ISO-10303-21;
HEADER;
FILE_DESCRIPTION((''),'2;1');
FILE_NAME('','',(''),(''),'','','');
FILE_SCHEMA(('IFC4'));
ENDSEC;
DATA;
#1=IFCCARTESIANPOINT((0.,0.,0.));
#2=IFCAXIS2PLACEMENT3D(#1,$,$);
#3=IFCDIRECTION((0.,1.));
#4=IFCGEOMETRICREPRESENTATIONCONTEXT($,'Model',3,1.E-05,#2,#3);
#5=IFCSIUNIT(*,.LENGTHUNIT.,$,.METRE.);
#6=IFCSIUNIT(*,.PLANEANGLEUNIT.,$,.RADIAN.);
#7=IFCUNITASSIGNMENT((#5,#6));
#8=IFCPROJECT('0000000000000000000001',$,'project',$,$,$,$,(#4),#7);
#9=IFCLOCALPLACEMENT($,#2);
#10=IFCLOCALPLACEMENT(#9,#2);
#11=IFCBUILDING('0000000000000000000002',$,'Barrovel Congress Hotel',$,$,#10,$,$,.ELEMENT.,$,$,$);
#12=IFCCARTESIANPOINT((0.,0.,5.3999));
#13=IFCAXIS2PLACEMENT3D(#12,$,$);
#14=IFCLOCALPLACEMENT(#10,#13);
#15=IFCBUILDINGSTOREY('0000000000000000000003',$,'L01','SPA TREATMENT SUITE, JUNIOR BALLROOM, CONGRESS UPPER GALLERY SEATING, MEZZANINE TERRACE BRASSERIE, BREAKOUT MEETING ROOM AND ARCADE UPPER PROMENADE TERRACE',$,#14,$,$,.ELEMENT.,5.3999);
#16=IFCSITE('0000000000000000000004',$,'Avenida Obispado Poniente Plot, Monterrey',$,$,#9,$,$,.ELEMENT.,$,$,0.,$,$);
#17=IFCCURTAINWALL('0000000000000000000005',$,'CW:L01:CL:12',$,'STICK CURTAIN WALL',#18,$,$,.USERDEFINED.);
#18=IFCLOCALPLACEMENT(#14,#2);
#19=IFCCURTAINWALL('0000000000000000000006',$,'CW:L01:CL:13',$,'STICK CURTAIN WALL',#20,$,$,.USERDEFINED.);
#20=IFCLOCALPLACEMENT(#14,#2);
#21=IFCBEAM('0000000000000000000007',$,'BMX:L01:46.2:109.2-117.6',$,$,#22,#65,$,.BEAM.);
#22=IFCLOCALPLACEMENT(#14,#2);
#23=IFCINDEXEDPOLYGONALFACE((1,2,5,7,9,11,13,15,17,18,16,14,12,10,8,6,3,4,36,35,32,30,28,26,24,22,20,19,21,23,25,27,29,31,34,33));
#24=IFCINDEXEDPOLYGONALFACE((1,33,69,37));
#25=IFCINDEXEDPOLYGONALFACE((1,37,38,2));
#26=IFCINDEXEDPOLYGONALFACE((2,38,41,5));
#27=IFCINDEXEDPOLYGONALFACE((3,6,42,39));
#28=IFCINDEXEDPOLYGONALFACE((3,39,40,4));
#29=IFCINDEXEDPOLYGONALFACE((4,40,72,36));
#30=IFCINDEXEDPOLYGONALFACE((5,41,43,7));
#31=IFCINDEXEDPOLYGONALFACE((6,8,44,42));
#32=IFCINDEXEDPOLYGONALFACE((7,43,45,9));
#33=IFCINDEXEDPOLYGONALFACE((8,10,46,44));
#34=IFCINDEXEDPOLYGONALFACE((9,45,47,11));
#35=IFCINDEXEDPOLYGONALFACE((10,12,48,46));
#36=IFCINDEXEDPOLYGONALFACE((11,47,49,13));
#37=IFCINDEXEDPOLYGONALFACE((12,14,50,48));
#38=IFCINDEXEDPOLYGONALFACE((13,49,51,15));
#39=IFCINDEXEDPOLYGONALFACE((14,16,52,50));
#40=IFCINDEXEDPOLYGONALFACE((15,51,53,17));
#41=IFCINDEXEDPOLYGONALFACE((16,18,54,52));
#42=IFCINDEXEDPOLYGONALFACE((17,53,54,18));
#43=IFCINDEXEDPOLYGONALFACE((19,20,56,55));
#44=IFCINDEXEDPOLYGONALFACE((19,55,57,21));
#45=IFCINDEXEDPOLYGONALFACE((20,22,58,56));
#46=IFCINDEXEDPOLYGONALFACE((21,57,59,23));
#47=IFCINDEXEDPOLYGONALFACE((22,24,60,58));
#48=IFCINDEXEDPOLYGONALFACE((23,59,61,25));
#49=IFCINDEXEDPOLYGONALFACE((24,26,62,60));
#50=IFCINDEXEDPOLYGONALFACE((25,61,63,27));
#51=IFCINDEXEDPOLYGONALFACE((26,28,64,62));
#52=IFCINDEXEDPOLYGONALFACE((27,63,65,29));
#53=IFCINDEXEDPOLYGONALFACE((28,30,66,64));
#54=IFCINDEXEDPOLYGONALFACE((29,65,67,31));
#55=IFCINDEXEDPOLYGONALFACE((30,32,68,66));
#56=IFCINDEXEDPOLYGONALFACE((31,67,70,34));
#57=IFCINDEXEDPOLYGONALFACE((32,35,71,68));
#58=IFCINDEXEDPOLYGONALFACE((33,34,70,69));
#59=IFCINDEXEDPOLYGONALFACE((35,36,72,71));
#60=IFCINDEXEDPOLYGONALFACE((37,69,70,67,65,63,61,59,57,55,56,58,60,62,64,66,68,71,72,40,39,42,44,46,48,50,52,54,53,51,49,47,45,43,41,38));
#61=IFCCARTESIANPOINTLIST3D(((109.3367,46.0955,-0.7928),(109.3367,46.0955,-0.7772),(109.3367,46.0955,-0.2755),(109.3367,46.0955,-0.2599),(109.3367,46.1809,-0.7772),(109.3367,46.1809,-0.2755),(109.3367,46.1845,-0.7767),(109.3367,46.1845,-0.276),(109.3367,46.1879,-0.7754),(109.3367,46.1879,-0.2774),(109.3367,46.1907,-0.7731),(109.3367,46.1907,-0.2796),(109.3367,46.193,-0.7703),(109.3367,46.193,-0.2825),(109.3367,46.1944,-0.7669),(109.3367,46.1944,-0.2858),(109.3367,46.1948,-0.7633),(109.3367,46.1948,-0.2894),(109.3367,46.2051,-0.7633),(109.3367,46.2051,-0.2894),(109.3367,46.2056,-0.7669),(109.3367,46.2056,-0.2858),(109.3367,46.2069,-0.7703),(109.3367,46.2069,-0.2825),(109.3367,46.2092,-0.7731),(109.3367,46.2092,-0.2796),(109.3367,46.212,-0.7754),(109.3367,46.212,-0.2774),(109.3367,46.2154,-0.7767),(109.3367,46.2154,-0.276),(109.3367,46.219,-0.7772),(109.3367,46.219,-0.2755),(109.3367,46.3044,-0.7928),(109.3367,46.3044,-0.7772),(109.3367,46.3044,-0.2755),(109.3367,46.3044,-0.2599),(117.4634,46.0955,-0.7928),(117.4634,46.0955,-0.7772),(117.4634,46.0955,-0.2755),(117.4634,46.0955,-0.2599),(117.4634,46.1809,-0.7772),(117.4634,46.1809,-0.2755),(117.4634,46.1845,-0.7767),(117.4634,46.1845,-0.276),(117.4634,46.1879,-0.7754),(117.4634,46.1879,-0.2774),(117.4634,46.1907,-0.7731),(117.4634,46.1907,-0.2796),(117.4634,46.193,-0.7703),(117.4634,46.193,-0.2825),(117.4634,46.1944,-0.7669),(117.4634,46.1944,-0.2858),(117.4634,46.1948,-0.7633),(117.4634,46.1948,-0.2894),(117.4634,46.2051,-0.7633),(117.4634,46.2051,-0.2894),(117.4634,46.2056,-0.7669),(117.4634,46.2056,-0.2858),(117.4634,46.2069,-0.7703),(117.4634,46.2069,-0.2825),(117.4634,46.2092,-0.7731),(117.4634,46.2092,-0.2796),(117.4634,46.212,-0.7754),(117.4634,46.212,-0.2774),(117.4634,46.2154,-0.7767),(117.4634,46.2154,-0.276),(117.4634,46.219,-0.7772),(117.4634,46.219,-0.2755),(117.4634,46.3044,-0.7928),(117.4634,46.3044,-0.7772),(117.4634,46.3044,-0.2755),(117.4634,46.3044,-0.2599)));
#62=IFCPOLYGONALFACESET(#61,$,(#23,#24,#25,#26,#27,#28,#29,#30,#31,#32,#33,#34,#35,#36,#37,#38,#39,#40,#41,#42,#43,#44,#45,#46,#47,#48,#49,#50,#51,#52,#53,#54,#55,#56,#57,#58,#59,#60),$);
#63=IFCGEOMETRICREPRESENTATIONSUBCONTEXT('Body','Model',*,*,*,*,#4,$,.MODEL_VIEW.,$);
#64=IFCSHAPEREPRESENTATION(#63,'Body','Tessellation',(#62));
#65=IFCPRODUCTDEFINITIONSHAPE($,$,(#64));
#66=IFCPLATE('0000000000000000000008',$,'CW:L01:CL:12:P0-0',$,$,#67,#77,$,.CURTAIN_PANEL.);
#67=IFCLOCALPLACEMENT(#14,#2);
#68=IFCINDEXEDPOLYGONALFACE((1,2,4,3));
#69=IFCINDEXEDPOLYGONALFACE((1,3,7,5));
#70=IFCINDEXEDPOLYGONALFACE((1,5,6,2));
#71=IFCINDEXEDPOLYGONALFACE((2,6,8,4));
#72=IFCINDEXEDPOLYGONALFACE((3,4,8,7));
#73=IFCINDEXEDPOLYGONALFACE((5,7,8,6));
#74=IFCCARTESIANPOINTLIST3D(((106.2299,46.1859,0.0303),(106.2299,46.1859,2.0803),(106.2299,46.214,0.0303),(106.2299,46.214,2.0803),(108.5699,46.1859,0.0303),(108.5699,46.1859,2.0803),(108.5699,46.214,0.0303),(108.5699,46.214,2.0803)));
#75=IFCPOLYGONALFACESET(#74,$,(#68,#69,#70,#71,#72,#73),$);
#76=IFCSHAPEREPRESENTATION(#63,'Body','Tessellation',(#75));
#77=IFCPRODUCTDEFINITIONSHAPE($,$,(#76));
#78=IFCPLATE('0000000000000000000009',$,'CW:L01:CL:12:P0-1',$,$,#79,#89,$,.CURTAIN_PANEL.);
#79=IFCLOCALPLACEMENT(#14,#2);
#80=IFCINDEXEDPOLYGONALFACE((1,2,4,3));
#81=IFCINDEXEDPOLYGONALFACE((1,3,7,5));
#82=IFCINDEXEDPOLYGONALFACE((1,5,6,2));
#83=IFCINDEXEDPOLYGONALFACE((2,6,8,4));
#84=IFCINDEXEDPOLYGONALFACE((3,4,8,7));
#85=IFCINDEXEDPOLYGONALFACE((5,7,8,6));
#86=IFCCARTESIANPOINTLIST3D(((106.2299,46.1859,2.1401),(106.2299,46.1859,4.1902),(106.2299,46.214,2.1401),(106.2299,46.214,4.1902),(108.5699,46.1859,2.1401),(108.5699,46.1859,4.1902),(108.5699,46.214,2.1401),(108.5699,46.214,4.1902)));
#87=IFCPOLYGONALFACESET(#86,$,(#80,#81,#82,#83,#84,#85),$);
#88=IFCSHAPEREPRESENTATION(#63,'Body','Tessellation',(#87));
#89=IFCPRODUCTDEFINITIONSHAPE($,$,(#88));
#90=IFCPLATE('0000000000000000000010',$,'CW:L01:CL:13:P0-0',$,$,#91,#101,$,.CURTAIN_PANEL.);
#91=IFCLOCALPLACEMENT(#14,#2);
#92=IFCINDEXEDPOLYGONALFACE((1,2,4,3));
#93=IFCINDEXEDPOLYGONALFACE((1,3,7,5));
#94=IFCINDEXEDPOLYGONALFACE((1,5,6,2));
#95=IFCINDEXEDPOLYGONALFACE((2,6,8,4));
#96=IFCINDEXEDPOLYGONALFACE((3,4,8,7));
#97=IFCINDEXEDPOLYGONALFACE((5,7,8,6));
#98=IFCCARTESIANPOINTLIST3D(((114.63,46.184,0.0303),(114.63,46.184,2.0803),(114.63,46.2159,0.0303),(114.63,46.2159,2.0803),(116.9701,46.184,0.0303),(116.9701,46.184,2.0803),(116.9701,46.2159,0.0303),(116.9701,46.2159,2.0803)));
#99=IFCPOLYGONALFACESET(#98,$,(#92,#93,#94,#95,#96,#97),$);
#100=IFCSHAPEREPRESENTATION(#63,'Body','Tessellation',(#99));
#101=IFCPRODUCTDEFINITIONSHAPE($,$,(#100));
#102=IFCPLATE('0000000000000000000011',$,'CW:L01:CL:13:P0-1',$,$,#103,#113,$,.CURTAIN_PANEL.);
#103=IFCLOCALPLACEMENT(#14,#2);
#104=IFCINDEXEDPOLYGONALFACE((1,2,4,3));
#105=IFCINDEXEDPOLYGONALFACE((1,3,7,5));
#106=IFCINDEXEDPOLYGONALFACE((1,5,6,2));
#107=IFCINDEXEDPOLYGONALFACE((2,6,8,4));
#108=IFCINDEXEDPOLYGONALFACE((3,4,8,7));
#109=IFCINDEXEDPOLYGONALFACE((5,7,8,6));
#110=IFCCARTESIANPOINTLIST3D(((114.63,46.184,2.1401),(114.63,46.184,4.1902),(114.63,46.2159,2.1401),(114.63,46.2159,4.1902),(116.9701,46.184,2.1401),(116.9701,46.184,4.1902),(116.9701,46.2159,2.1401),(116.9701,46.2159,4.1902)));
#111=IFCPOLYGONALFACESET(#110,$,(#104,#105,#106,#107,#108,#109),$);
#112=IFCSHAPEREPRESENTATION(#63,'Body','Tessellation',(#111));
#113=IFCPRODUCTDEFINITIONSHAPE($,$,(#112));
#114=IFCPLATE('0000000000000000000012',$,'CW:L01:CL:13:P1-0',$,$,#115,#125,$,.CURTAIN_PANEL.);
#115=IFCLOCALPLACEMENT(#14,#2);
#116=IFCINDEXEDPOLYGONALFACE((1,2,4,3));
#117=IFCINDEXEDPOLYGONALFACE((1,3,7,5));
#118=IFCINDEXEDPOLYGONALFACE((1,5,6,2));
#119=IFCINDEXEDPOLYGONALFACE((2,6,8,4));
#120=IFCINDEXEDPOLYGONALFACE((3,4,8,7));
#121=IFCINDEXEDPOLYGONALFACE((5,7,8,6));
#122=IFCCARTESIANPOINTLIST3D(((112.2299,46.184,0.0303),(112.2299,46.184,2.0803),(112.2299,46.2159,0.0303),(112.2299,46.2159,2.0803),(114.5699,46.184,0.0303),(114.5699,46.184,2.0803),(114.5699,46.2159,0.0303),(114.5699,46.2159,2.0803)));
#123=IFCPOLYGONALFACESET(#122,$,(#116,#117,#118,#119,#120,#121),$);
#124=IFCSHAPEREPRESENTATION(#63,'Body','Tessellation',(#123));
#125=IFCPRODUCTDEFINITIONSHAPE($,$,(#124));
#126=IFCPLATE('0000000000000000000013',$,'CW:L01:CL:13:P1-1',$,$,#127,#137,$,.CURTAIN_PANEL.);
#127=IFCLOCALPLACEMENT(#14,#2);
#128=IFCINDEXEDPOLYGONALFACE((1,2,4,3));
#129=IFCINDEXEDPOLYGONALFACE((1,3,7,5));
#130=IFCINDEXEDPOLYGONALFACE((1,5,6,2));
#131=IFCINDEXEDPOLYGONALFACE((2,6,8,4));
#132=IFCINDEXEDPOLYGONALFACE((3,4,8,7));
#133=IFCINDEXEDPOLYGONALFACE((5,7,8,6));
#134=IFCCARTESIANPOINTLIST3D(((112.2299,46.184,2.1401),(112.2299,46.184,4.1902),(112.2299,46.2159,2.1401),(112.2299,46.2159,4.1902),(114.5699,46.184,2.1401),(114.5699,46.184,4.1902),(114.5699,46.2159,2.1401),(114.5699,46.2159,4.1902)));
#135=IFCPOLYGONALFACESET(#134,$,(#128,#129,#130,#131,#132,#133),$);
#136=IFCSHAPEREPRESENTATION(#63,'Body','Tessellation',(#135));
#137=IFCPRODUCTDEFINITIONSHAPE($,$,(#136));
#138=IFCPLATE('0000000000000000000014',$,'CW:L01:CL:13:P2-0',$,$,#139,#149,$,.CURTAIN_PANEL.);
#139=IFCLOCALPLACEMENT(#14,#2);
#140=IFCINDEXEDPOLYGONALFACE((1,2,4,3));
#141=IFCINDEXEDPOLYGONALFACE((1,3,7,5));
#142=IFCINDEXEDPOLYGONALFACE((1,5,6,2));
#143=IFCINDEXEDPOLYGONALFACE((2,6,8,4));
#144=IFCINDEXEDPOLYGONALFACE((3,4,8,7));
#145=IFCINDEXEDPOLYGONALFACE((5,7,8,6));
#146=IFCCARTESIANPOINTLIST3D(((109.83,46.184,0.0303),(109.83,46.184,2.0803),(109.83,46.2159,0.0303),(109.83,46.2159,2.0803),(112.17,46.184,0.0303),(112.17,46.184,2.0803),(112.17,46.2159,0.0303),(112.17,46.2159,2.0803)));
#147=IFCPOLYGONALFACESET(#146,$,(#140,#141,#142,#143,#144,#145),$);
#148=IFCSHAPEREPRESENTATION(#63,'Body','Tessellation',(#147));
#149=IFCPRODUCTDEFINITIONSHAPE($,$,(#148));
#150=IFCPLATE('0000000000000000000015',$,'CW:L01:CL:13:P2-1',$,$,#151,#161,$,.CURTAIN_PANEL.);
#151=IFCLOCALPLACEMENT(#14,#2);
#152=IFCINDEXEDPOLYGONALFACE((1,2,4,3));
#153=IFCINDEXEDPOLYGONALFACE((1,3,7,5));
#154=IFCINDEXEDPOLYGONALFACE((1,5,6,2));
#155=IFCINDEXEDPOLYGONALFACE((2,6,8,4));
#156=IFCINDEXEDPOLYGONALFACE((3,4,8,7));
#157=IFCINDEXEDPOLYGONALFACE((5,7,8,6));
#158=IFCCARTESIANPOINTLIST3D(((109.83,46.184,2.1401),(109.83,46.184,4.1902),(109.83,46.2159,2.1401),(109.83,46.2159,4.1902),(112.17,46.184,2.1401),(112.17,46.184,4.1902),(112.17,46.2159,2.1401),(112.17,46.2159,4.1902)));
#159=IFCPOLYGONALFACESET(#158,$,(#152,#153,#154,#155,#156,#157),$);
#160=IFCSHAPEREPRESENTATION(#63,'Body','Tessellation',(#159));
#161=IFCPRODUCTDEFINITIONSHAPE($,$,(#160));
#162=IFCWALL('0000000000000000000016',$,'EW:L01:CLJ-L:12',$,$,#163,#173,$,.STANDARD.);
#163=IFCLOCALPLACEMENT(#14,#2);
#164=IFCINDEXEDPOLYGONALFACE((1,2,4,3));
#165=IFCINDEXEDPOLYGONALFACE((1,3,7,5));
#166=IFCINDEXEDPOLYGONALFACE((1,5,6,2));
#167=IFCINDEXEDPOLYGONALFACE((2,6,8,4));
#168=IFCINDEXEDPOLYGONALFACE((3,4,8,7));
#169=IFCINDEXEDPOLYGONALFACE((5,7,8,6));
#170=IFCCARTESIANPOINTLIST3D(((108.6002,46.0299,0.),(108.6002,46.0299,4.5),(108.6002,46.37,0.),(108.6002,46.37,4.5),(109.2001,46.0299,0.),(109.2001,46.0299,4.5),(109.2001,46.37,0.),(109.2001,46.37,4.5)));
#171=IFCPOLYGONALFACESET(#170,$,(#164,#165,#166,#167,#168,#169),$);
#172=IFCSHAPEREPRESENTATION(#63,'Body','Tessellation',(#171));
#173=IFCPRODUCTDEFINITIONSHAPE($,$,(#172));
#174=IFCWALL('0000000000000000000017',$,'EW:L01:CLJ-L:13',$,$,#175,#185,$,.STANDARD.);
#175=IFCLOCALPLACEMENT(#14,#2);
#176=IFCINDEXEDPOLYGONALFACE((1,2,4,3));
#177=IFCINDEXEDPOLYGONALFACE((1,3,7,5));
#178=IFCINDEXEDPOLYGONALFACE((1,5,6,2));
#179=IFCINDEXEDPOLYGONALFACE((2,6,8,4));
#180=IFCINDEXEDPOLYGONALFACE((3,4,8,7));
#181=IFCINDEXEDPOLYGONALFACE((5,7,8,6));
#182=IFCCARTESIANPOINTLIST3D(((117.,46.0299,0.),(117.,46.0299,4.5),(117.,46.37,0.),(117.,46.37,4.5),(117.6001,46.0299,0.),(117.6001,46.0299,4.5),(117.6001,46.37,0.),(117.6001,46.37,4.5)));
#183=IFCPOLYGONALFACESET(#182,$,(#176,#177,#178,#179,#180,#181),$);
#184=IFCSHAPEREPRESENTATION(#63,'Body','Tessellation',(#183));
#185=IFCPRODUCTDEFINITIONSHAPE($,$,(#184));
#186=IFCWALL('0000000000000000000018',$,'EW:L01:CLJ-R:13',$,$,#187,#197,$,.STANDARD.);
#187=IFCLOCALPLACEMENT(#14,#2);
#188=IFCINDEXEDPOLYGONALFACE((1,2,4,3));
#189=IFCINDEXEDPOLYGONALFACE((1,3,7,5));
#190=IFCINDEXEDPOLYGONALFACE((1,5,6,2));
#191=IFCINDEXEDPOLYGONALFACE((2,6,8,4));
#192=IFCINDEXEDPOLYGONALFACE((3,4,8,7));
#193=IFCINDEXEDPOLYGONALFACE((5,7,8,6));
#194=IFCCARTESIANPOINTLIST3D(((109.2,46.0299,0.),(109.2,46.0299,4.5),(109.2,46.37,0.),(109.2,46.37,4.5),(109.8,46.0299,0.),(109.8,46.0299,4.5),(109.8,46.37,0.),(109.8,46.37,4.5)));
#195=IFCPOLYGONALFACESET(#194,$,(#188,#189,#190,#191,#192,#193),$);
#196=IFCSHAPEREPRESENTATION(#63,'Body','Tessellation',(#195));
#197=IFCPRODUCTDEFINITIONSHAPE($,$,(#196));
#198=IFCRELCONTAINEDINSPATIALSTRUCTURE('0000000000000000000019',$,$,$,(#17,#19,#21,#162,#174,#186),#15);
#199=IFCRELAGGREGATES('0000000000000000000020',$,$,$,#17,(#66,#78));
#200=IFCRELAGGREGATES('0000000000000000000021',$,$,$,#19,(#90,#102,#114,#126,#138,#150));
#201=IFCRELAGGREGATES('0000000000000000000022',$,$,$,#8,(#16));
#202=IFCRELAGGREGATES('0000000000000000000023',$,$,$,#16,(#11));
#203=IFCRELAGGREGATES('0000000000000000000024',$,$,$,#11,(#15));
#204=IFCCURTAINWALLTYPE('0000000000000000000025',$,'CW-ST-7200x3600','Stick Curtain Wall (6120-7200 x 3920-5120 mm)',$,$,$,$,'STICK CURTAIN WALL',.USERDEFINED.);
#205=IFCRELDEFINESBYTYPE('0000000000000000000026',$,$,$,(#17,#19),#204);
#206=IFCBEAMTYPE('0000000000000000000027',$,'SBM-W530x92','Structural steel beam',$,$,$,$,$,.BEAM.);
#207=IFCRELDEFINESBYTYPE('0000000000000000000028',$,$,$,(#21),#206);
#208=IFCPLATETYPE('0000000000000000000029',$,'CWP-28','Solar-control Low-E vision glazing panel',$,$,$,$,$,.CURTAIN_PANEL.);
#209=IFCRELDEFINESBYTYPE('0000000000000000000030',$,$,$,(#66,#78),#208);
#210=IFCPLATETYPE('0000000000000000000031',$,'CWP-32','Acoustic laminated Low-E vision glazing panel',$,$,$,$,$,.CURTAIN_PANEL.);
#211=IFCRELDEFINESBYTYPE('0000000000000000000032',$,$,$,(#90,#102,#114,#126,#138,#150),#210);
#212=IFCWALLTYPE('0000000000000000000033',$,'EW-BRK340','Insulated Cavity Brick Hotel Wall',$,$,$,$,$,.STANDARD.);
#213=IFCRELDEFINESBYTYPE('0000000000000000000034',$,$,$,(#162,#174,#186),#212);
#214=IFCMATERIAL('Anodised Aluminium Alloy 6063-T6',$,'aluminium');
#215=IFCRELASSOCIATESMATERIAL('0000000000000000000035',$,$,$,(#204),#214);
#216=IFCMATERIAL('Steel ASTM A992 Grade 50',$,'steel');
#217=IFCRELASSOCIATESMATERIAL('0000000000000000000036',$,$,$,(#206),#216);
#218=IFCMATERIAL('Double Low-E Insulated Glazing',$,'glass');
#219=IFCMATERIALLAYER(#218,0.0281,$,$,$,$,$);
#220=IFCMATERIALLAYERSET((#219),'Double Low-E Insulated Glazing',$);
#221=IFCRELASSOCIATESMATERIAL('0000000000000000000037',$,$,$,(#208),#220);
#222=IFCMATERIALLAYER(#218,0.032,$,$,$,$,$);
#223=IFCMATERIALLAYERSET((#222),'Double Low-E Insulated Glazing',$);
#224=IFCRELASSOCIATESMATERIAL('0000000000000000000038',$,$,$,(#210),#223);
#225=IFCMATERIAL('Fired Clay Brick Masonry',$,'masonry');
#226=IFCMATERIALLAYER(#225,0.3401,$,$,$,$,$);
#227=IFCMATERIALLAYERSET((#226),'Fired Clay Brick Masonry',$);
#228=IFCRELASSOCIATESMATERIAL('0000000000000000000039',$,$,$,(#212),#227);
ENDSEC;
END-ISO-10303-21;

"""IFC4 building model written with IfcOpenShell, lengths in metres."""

from ifc_helpers import new_model, si_unit, direction, frame, frame_2d, origin, origin_2d, place, context, subcontext, project, spatial, rectangle, i_section, extrude, material, layer, layer_set, material_profile, profile_set, type_object, element, aggregate, save


model = new_model("IFC4")

# Units and contexts
model_context = context("Model", 3, precision=1e-05, world=origin(), true_north=direction((0.0, 1.0)))
body_context = subcontext(model_context, "Body", "Model", "MODEL_VIEW")
ifc_project = project(units=[si_unit("LENGTHUNIT", "METRE"), si_unit("PLANEANGLEUNIT", "RADIAN")], contexts=[model_context])

# Site, building, storey
site_placement = place(None, origin())
site = spatial("IfcSite", under=ifc_project, at=site_placement, Name="Avenida Obispado Poniente Plot, Monterrey", CompositionType="ELEMENT", RefElevation=0.0)
building_placement = place(site_placement, origin())
building = spatial("IfcBuilding", under=site, at=building_placement, Name="Barrovel Congress Hotel", CompositionType="ELEMENT")
storey_placement = place(building_placement, frame((0.0, 0.0, 5.3999)))
storey = spatial("IfcBuildingStorey", under=building, at=storey_placement, Name="L01", Description="SPA TREATMENT SUITE, JUNIOR BALLROOM, CONGRESS UPPER GALLERY SEATING, MEZZANINE TERRACE BRASSERIE, BREAKOUT MEETING ROOM AND ARCADE UPPER PROMENADE TERRACE", CompositionType="ELEMENT", Elevation=5.3999)

# Curtain wall
ifc_material_1 = material(Name="Anodised Aluminium Alloy 6063-T6", Category="aluminium")
curtain_wall_type = type_object("IfcCurtainWallType", Name="CW-ST-7200x3600", Description="Stick Curtain Wall (6120-7200 x 3920-5120 mm)", ElementType="STICK CURTAIN WALL", PredefinedType="USERDEFINED", material=ifc_material_1)
curtain_wall_1_placement = place(storey_placement, origin())
curtain_wall_1 = element("IfcCurtainWall", 1, at=curtain_wall_1_placement, inside=storey, type_object=curtain_wall_type, Name="CW:L01:CL:12", ObjectType="STICK CURTAIN WALL", PredefinedType="USERDEFINED")

# Curtain wall
curtain_wall_2_placement = place(storey_placement, origin())
curtain_wall_2 = element("IfcCurtainWall", 2, at=curtain_wall_2_placement, inside=storey, type_object=curtain_wall_type, Name="CW:L01:CL:13", ObjectType="STICK CURTAIN WALL", PredefinedType="USERDEFINED")

# Beam
ifc_material_2 = material(Name="Steel ASTM A992 Grade 50", Category="steel")
ifc_material_profile_1 = material_profile(ifc_material_2, i_section(OverallWidth=0.209, OverallDepth=0.533, WebThickness=0.0103, FlangeThickness=0.0156, FilletRadius=0.0139, at=origin_2d()), Name="W530x92")
ifc_profile_set_1 = profile_set([ifc_material_profile_1], Name="Steel ASTM A992 Grade 50")
beam_type_1 = type_object("IfcBeamType", Name="SBM-W530x92", Description="Structural steel beam", PredefinedType="BEAM", material=ifc_profile_set_1)
beam_1_placement = place(storey_placement, frame((109.3367, 46.2, -0.5264), z_axis=(1.0, 0.0, 0.0), x_axis=(0.0, 1.0, 0.0)))
element("IfcBeam", 3, at=beam_1_placement, inside=storey, type_object=beam_type_1, Name="BMX:L01:46.2:109.2-117.6", PredefinedType="BEAM", context=body_context, shape_type="SweptSolid", body=[
    extrude(i_section(OverallWidth=0.209, OverallDepth=0.533, WebThickness=0.0103, FlangeThickness=0.0156, FilletRadius=0.0139, at=origin_2d()), origin(), (0.0, 0.0, 1.0), 8.1267),
])

# Plates
ifc_material_3 = material(Name="Double Low-E Insulated Glazing", Category="glass")
ifc_layer_1 = layer(ifc_material_3, 0.0281)
ifc_layer_set_1 = layer_set([ifc_layer_1], Name="Double Low-E Insulated Glazing")
plate_type_1 = type_object("IfcPlateType", Name="CWP-28", Description="Solar-control Low-E vision glazing panel", PredefinedType="CURTAIN_PANEL", material=ifc_layer_set_1)
plate_1_placement = place(storey_placement, frame((107.3999, 46.2, 0.0303), z_axis=(0.0, 0.0, 1.0), x_axis=(-1.0, 0.0, 0.0)))
plate_1 = element("IfcPlate", 4, at=plate_1_placement, type_object=plate_type_1, Name="CW:L01:CL:12:P0-0", PredefinedType="CURTAIN_PANEL", context=body_context, shape_type="SweptSolid", body=[
    extrude(rectangle(XDim=2.3401, YDim=0.0281, at=origin_2d()), origin(), (0.0, 0.0, 1.0), 2.05),
])
plate_2_placement = place(storey_placement, frame((107.3999, 46.2, 2.1401), z_axis=(0.0, 0.0, 1.0), x_axis=(-1.0, 0.0, 0.0)))
plate_2 = element("IfcPlate", 5, at=plate_2_placement, type_object=plate_type_1, Name="CW:L01:CL:12:P0-1", PredefinedType="CURTAIN_PANEL", context=body_context, shape_type="SweptSolid", body=[
    extrude(rectangle(XDim=2.3401, YDim=0.0281, at=origin_2d()), origin(), (0.0, 0.0, 1.0), 2.05),
])
aggregate(curtain_wall_1, [plate_1, plate_2])
ifc_layer_2 = layer(ifc_material_3, 0.032)
ifc_layer_set_2 = layer_set([ifc_layer_2], Name="Double Low-E Insulated Glazing")
plate_type_2 = type_object("IfcPlateType", Name="CWP-32", Description="Acoustic laminated Low-E vision glazing panel", PredefinedType="CURTAIN_PANEL", material=ifc_layer_set_2)
plate_3_placement = place(storey_placement, frame((115.8, 46.2, 0.0303), z_axis=(0.0, 0.0, 1.0), x_axis=(-1.0, 0.0, 0.0)))
plate_3 = element("IfcPlate", 6, at=plate_3_placement, type_object=plate_type_2, Name="CW:L01:CL:13:P0-0", PredefinedType="CURTAIN_PANEL", context=body_context, shape_type="SweptSolid", body=[
    extrude(rectangle(XDim=2.3401, YDim=0.032, at=origin_2d()), origin(), (0.0, 0.0, 1.0), 2.05),
])
plate_4_placement = place(storey_placement, frame((115.8, 46.2, 2.1401), z_axis=(0.0, 0.0, 1.0), x_axis=(-1.0, 0.0, 0.0)))
plate_4 = element("IfcPlate", 7, at=plate_4_placement, type_object=plate_type_2, Name="CW:L01:CL:13:P0-1", PredefinedType="CURTAIN_PANEL", context=body_context, shape_type="SweptSolid", body=[
    extrude(rectangle(XDim=2.3401, YDim=0.032, at=origin_2d()), origin(), (0.0, 0.0, 1.0), 2.05),
])
plate_5_placement = place(storey_placement, frame((113.3999, 46.2, 0.0303), z_axis=(0.0, 0.0, 1.0), x_axis=(-1.0, 0.0, 0.0)))
plate_5 = element("IfcPlate", 8, at=plate_5_placement, type_object=plate_type_2, Name="CW:L01:CL:13:P1-0", PredefinedType="CURTAIN_PANEL", context=body_context, shape_type="SweptSolid", body=[
    extrude(rectangle(XDim=2.3401, YDim=0.032, at=origin_2d()), origin(), (0.0, 0.0, 1.0), 2.05),
])
plate_6_placement = place(storey_placement, frame((113.3999, 46.2, 2.1401), z_axis=(0.0, 0.0, 1.0), x_axis=(-1.0, 0.0, 0.0)))
plate_6 = element("IfcPlate", 9, at=plate_6_placement, type_object=plate_type_2, Name="CW:L01:CL:13:P1-1", PredefinedType="CURTAIN_PANEL", context=body_context, shape_type="SweptSolid", body=[
    extrude(rectangle(XDim=2.3401, YDim=0.032, at=origin_2d()), origin(), (0.0, 0.0, 1.0), 2.05),
])
plate_7_placement = place(storey_placement, frame((111.0, 46.2, 0.0303), z_axis=(0.0, 0.0, 1.0), x_axis=(-1.0, 0.0, 0.0)))
plate_7 = element("IfcPlate", 10, at=plate_7_placement, type_object=plate_type_2, Name="CW:L01:CL:13:P2-0", PredefinedType="CURTAIN_PANEL", context=body_context, shape_type="SweptSolid", body=[
    extrude(rectangle(XDim=2.3401, YDim=0.032, at=origin_2d()), origin(), (0.0, 0.0, 1.0), 2.05),
])
plate_8_placement = place(storey_placement, frame((111.0, 46.2, 2.1401), z_axis=(0.0, 0.0, 1.0), x_axis=(-1.0, 0.0, 0.0)))
plate_8 = element("IfcPlate", 11, at=plate_8_placement, type_object=plate_type_2, Name="CW:L01:CL:13:P2-1", PredefinedType="CURTAIN_PANEL", context=body_context, shape_type="SweptSolid", body=[
    extrude(rectangle(XDim=2.3401, YDim=0.032, at=origin_2d()), origin(), (0.0, 0.0, 1.0), 2.05),
])
aggregate(curtain_wall_2, [plate_3, plate_4, plate_5, plate_6, plate_7, plate_8])

# Walls
ifc_material_4 = material(Name="Fired Clay Brick Masonry", Category="masonry")
ifc_layer_3 = layer(ifc_material_4, 0.3401)
ifc_layer_set_3 = layer_set([ifc_layer_3], Name="Fired Clay Brick Masonry")
wall_type = type_object("IfcWallType", Name="EW-BRK340", Description="Insulated Cavity Brick Hotel Wall", PredefinedType="STANDARD", material=ifc_layer_set_3)
wall_1_placement = place(storey_placement, frame((109.2, 46.2, 0.0), z_axis=(0.0, 0.0, 1.0), x_axis=(-1.0, 0.0, 0.0)))
element("IfcWall", 12, at=wall_1_placement, inside=storey, type_object=wall_type, Name="EW:L01:CLJ-L:12", PredefinedType="STANDARD", context=body_context, shape_type="SweptSolid", body=[
    extrude(rectangle(XDim=0.5999, YDim=0.3401, at=frame_2d((0.2998, 0.0))), origin(), (0.0, 0.0, 1.0), 4.5),
])
for number, where, z_axis, x_axis, name in (
    (13, (117.6001, 46.2, 0.0), (0.0, 0.0, 1.0), (-1.0, 0.0, 0.0), "EW:L01:CLJ-L:13"),
    (14, (109.8, 46.2, 0.0), (0.0, 0.0, 1.0), (-1.0, 0.0, 0.0), "EW:L01:CLJ-R:13"),
):
    element("IfcWall", number, at=place(storey_placement, frame(where, z_axis=z_axis, x_axis=x_axis)), inside=storey, type_object=wall_type, Name=name, PredefinedType="STANDARD", context=body_context, shape_type="SweptSolid", body=[
        extrude(rectangle(XDim=0.6001, YDim=0.3401, at=frame_2d((0.3, 0.0))), origin(), (0.0, 0.0, 1.0), 4.5),
    ])

save(model, "model.ifc")
